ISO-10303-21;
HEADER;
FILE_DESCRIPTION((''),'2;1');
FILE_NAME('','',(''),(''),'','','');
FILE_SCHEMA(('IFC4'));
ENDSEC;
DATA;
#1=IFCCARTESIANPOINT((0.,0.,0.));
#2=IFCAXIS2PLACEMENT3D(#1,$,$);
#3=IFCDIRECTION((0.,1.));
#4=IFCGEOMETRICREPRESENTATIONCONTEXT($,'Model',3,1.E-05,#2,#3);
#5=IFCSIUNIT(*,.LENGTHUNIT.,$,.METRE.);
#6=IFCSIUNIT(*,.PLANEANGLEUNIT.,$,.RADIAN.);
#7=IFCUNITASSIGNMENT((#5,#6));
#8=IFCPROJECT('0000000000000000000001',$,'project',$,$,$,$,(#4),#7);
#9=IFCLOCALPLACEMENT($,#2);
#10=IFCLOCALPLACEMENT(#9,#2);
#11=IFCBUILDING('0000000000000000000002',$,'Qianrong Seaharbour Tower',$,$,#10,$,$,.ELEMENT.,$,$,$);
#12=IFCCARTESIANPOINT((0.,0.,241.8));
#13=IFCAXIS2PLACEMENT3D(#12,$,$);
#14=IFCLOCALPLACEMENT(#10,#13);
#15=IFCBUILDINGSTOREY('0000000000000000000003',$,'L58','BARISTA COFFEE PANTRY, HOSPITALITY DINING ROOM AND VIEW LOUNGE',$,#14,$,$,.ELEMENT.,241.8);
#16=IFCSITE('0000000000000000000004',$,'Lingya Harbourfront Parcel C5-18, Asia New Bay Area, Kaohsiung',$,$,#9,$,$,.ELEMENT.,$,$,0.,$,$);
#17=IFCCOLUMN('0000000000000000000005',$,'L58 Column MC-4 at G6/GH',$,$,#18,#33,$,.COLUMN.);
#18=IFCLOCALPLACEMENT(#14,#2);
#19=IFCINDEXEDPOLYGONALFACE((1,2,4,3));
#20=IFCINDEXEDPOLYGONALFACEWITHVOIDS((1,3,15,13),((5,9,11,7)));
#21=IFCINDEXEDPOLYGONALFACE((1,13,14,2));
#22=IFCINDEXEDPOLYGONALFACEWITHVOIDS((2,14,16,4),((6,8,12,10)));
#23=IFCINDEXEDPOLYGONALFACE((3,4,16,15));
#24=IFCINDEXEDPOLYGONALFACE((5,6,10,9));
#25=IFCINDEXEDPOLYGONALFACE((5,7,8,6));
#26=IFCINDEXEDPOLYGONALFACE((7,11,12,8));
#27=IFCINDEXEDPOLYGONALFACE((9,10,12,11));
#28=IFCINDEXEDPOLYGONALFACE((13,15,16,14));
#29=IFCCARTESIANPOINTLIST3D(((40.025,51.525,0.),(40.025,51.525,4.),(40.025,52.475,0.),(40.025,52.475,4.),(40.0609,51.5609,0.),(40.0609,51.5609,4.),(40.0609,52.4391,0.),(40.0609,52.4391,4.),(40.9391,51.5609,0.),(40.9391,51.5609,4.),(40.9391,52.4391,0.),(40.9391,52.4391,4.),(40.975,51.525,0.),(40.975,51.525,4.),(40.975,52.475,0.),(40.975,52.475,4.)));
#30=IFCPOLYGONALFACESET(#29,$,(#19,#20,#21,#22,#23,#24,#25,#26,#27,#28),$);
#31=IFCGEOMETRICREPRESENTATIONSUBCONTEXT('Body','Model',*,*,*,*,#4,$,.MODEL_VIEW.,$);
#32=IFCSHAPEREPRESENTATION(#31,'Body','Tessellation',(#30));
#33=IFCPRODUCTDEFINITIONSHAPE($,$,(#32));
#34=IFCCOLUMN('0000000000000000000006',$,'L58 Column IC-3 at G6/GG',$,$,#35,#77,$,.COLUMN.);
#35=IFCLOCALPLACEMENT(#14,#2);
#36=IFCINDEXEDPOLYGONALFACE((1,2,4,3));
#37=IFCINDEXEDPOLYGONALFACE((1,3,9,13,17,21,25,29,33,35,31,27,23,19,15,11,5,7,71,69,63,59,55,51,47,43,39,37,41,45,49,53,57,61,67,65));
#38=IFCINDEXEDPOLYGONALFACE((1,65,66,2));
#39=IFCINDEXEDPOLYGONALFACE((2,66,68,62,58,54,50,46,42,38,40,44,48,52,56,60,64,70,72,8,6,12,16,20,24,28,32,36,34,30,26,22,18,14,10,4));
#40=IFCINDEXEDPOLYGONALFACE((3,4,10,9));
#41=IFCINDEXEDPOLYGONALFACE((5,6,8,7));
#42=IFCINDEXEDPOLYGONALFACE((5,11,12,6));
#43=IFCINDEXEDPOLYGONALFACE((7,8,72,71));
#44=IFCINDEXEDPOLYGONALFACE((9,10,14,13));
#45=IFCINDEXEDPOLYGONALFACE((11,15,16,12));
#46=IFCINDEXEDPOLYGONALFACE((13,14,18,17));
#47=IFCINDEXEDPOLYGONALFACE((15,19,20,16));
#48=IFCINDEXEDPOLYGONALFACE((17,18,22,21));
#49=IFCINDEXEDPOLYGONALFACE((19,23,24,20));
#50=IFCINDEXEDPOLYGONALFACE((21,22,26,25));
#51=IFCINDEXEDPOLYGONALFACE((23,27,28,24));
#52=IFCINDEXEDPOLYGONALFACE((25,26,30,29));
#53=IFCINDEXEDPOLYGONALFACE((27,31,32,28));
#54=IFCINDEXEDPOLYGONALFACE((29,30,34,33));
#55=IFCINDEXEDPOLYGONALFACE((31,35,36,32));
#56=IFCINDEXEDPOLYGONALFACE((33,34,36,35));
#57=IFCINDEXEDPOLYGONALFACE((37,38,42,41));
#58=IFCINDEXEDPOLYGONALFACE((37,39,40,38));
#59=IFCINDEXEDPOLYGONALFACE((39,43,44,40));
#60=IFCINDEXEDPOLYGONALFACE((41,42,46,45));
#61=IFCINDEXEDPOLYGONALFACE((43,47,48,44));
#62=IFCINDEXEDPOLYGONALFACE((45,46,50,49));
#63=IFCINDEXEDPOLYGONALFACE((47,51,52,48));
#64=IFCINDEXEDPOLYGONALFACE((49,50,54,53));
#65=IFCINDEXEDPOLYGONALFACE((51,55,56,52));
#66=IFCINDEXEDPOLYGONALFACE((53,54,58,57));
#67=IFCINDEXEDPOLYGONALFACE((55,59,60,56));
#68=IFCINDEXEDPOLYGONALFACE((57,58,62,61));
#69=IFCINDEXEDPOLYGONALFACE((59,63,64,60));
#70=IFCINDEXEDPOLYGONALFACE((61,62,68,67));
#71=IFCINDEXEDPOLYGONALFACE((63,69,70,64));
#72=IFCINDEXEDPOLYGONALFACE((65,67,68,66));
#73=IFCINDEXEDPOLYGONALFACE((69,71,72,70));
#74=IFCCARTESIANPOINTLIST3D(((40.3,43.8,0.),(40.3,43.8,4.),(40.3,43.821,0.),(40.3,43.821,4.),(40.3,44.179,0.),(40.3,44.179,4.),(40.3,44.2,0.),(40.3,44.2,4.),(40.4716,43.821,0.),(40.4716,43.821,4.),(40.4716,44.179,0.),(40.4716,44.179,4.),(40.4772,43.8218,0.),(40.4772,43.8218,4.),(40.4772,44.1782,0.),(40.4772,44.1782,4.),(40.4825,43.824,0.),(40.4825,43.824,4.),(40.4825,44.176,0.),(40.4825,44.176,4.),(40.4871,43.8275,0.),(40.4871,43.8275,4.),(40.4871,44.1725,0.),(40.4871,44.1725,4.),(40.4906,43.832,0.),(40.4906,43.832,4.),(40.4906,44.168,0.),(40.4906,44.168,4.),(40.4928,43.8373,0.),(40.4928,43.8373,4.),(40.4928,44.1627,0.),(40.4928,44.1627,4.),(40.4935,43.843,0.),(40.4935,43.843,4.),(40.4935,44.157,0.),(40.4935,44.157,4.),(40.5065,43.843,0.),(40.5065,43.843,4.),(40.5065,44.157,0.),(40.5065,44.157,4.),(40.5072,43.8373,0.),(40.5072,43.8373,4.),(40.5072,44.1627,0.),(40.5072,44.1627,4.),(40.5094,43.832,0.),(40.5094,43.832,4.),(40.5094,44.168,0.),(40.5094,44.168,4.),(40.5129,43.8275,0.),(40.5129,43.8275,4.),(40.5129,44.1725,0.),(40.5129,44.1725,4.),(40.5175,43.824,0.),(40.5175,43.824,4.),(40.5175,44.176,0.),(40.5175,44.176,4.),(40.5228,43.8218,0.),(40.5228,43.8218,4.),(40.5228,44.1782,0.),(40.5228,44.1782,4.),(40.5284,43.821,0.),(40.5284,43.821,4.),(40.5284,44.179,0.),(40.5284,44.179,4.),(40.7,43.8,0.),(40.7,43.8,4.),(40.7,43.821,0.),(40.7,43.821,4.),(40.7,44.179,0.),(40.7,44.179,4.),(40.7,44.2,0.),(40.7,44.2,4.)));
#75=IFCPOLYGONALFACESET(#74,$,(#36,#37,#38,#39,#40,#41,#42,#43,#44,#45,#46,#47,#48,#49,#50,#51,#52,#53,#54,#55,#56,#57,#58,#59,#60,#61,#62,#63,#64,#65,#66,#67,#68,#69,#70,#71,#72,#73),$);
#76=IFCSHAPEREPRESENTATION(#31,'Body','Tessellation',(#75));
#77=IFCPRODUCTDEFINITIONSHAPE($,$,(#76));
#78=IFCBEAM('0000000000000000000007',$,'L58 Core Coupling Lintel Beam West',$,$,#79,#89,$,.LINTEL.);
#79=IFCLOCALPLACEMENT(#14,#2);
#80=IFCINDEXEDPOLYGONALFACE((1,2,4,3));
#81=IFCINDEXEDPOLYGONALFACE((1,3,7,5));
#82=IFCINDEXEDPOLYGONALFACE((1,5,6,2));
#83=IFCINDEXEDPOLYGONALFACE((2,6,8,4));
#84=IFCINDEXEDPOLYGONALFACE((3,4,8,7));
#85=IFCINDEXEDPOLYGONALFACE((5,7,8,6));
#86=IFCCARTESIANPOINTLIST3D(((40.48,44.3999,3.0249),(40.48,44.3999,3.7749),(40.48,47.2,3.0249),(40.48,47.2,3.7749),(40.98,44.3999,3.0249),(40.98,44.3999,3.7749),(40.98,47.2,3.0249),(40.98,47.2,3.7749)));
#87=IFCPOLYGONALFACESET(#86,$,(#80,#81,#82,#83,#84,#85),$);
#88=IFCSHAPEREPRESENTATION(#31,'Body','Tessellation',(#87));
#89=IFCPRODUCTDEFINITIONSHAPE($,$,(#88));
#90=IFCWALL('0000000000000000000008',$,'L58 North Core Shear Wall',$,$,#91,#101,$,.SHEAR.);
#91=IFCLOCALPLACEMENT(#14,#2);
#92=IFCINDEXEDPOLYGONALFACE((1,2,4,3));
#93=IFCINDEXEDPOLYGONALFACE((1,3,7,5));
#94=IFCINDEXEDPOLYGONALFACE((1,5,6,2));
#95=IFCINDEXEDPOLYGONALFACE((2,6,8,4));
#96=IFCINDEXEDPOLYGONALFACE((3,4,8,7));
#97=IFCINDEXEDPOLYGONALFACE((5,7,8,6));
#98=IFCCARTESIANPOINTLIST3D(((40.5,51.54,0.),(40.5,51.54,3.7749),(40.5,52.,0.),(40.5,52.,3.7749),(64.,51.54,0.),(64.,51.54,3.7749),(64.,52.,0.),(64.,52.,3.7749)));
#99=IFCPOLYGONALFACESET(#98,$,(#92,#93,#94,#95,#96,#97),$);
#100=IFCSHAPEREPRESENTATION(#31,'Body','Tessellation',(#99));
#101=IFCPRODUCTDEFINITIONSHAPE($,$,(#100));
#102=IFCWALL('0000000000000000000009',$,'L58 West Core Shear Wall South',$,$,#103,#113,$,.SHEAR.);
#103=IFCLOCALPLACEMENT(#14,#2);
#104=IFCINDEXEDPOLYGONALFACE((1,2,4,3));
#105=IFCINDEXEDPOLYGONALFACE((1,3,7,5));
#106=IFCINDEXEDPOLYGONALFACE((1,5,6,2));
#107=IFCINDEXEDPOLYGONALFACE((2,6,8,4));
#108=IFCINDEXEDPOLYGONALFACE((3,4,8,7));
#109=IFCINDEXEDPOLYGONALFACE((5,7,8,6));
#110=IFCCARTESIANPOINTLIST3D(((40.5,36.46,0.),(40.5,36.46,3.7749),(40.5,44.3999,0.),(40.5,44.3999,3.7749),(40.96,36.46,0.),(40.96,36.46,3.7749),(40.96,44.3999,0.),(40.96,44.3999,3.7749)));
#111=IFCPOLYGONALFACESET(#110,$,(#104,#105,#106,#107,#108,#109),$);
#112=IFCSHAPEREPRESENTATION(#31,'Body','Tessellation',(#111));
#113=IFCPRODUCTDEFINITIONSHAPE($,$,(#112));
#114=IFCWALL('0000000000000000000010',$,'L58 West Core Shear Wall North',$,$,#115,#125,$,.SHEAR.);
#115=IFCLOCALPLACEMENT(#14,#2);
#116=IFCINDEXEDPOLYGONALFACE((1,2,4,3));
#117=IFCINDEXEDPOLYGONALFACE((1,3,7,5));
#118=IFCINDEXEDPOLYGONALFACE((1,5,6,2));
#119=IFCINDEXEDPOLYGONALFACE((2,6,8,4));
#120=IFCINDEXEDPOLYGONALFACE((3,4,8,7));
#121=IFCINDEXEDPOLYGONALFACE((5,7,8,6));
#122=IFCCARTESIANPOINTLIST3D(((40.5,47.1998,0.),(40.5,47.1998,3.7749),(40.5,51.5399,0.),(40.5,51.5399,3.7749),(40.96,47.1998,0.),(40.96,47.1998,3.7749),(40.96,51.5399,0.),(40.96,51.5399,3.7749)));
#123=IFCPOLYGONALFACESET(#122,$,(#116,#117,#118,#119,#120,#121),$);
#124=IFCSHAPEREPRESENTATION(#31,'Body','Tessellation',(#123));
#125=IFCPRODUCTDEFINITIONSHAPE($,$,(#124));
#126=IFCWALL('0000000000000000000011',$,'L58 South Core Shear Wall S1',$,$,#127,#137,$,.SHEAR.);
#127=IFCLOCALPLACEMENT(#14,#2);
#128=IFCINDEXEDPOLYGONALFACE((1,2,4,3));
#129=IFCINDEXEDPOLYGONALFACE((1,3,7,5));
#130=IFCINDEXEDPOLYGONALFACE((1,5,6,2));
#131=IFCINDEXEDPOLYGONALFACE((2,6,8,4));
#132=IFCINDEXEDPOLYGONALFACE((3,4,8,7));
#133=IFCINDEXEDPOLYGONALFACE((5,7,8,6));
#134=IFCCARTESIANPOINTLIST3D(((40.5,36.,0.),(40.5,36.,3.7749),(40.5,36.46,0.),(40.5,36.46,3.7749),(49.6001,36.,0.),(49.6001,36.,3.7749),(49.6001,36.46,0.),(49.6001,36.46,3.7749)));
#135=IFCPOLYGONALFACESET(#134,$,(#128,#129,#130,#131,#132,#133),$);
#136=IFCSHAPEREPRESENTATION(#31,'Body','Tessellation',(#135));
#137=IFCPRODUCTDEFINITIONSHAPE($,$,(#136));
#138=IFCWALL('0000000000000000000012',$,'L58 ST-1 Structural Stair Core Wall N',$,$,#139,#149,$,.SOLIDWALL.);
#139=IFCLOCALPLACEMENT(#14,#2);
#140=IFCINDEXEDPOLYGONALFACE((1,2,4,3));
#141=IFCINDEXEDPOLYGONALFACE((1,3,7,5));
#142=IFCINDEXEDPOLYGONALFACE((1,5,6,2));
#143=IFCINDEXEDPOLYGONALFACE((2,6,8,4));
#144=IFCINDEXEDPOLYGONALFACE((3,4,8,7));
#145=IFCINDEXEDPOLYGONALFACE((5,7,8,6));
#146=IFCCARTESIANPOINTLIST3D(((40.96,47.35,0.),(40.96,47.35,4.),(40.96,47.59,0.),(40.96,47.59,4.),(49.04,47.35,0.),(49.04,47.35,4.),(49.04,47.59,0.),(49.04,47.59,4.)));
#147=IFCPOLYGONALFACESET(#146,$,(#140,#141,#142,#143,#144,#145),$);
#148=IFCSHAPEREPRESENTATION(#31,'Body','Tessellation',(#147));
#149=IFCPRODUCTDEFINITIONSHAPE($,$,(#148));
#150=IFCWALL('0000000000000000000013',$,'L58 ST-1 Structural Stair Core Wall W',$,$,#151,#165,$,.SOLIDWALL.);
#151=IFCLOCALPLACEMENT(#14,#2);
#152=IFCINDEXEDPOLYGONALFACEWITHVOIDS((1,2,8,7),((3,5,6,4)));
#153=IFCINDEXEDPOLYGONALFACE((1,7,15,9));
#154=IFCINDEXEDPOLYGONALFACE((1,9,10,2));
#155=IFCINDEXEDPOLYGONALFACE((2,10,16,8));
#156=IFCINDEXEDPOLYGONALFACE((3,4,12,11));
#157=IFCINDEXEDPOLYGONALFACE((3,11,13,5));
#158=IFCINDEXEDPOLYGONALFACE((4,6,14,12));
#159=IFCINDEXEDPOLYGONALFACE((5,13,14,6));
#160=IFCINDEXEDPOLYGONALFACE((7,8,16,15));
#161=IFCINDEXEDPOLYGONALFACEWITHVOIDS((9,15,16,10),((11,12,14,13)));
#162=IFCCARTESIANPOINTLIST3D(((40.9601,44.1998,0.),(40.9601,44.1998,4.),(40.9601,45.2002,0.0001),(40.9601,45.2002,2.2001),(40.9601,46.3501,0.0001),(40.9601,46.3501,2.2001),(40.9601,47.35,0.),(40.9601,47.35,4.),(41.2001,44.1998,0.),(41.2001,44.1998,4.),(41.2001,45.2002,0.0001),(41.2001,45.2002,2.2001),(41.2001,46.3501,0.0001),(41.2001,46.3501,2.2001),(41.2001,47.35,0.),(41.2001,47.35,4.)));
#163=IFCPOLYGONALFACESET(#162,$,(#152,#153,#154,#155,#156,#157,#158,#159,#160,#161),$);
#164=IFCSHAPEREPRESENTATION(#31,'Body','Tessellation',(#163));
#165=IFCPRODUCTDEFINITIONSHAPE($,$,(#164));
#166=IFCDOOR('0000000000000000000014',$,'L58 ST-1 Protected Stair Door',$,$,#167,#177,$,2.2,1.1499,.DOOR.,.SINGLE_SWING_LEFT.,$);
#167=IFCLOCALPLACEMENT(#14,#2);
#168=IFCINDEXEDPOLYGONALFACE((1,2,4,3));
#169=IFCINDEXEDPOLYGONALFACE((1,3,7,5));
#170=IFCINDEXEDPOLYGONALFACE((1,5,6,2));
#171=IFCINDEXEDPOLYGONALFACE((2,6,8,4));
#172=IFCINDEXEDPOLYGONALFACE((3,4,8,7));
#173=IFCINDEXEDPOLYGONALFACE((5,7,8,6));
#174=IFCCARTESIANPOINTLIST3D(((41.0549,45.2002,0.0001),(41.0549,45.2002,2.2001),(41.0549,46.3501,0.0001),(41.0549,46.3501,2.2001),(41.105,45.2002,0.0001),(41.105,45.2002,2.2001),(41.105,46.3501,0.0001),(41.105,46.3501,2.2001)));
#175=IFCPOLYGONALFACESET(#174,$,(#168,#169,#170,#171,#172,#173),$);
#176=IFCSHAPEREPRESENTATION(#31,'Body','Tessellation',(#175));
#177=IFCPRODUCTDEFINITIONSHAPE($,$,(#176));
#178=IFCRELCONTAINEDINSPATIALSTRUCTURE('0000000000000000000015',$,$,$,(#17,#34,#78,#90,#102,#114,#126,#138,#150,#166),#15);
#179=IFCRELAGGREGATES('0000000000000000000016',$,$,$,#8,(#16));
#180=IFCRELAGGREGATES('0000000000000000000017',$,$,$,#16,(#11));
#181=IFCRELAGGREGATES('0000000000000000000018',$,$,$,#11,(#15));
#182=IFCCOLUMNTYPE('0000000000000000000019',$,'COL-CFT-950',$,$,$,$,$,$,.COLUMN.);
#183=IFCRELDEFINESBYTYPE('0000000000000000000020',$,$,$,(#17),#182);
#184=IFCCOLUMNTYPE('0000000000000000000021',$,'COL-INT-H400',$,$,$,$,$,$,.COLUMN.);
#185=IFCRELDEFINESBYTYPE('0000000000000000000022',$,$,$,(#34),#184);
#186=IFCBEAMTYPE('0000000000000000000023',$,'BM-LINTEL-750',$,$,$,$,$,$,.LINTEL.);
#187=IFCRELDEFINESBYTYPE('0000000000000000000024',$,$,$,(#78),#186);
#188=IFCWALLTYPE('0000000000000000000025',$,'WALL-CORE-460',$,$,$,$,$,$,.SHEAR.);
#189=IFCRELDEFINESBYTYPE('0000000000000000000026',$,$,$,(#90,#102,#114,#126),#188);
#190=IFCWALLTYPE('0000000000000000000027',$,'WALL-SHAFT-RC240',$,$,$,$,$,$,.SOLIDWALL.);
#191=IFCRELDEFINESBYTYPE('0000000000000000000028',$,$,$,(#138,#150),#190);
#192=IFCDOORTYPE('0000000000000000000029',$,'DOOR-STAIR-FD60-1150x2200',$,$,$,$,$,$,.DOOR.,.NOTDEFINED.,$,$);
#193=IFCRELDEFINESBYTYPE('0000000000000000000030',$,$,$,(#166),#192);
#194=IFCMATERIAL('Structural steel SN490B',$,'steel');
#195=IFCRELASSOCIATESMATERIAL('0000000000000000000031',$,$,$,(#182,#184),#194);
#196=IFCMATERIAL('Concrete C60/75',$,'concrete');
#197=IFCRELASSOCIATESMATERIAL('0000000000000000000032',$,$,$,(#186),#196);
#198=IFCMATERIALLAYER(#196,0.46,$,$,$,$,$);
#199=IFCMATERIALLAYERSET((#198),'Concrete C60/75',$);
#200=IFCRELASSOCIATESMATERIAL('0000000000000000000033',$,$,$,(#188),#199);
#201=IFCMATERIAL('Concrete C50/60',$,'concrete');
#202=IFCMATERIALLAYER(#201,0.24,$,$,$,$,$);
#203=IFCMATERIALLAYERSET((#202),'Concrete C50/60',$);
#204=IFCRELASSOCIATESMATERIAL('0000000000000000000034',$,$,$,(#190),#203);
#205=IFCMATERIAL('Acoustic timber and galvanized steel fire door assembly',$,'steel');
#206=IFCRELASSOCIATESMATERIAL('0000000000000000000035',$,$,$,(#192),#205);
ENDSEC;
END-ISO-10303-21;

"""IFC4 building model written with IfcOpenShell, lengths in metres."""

from ifc_helpers import new_model, si_unit, direction, frame, frame_2d, origin, origin_2d, place, context, subcontext, project, spatial, rectangle, hollow_rectangle, i_section, extrude, material, layer, layer_set, material_profile, profile_set, type_object, element, fill, save


model = new_model("IFC4")

# Units and contexts
model_context = context("Model", 3, precision=1e-05, world=origin(), true_north=direction((0.0, 1.0)))
body_context = subcontext(model_context, "Body", "Model", "MODEL_VIEW")
ifc_project = project(units=[si_unit("LENGTHUNIT", "METRE"), si_unit("PLANEANGLEUNIT", "RADIAN")], contexts=[model_context])

# Site, building, storey
site_placement = place(None, origin())
site = spatial("IfcSite", under=ifc_project, at=site_placement, Name="Lingya Harbourfront Parcel C5-18, Asia New Bay Area, Kaohsiung", CompositionType="ELEMENT", RefElevation=0.0)
building_placement = place(site_placement, origin())
building = spatial("IfcBuilding", under=site, at=building_placement, Name="Qianrong Seaharbour Tower", CompositionType="ELEMENT")
storey_placement = place(building_placement, frame((0.0, 0.0, 241.8)))
storey = spatial("IfcBuildingStorey", under=building, at=storey_placement, Name="L58", Description="BARISTA COFFEE PANTRY, HOSPITALITY DINING ROOM AND VIEW LOUNGE", CompositionType="ELEMENT", Elevation=241.8)

# Columns
ifc_material_1 = material(Name="Structural steel SN490B", Category="steel")
ifc_material_profile_1 = material_profile(ifc_material_1, hollow_rectangle(XDim=0.95, YDim=0.95, WallThickness=0.0359, at=origin_2d()), Name="BOX950x950x36")
ifc_profile_set_1 = profile_set([ifc_material_profile_1], Name="Structural steel SN490B")
column_type_1 = type_object("IfcColumnType", Name="COL-CFT-950", PredefinedType="COLUMN", material=ifc_profile_set_1)
column_1_placement = place(storey_placement, frame((40.5, 52.0, 0.0), z_axis=(0.0, 0.0, 1.0), x_axis=(1.0, 0.0, 0.0)))
element("IfcColumn", 1, at=column_1_placement, inside=storey, type_object=column_type_1, Name="L58 Column MC-4 at G6/GH", PredefinedType="COLUMN", context=body_context, shape_type="SweptSolid", body=[
    extrude(hollow_rectangle(XDim=0.95, YDim=0.95, WallThickness=0.0359, at=origin_2d()), origin(), (0.0, 0.0, 1.0), 4.0),
])
ifc_material_profile_2 = material_profile(ifc_material_1, i_section(OverallWidth=0.3999, OverallDepth=0.3999, WebThickness=0.0129, FlangeThickness=0.021, FilletRadius=0.022, at=origin_2d()), Name="H400x400x13x21")
ifc_profile_set_2 = profile_set([ifc_material_profile_2], Name="Structural steel SN490B")
column_type_2 = type_object("IfcColumnType", Name="COL-INT-H400", PredefinedType="COLUMN", material=ifc_profile_set_2)
column_2_placement = place(storey_placement, frame((40.5, 44.0, 0.0), z_axis=(0.0, 0.0, 1.0), x_axis=(1.0, 0.0, 0.0)))
element("IfcColumn", 2, at=column_2_placement, inside=storey, type_object=column_type_2, Name="L58 Column IC-3 at G6/GG", PredefinedType="COLUMN", context=body_context, shape_type="SweptSolid", body=[
    extrude(i_section(OverallWidth=0.3999, OverallDepth=0.3999, WebThickness=0.0129, FlangeThickness=0.021, FilletRadius=0.022, at=origin_2d()), origin(), (0.0, 0.0, 1.0), 4.0),
])

# Beam
ifc_material_2 = material(Name="Concrete C60/75", Category="concrete")
ifc_material_profile_3 = material_profile(ifc_material_2, rectangle(XDim=0.5, YDim=0.75, at=origin_2d()), Name="RC500x750")
ifc_profile_set_3 = profile_set([ifc_material_profile_3], Name="Concrete C60/75")
beam_type = type_object("IfcBeamType", Name="BM-LINTEL-750", PredefinedType="LINTEL", material=ifc_profile_set_3)
beam_placement = place(storey_placement, frame((40.73, 44.3999, 3.3999), z_axis=(0.0, 1.0, 0.0), x_axis=(-1.0, 0.0, 0.0)))
element("IfcBeam", 3, at=beam_placement, inside=storey, type_object=beam_type, Name="L58 Core Coupling Lintel Beam West", PredefinedType="LINTEL", context=body_context, shape_type="SweptSolid", body=[
    extrude(rectangle(XDim=0.5, YDim=0.75, at=origin_2d()), origin(), (0.0, 0.0, 1.0), 2.8),
])

# Walls
ifc_layer_1 = layer(ifc_material_2, 0.46)
ifc_layer_set_1 = layer_set([ifc_layer_1], Name="Concrete C60/75")
wall_type_1 = type_object("IfcWallType", Name="WALL-CORE-460", PredefinedType="SHEAR", material=ifc_layer_set_1)
wall_1_placement = place(storey_placement, frame((40.5, 51.77, 0.0), z_axis=(0.0, 0.0, 1.0), x_axis=(1.0, 0.0, 0.0)))
element("IfcWall", 4, at=wall_1_placement, inside=storey, type_object=wall_type_1, Name="L58 North Core Shear Wall", PredefinedType="SHEAR", context=body_context, shape_type="SweptSolid", body=[
    extrude(rectangle(XDim=23.5, YDim=0.46, at=frame_2d((11.75, 0.0))), origin(), (0.0, 0.0, 1.0), 3.7749),
])
wall_2_placement = place(storey_placement, frame((40.73, 36.46, 0.0), z_axis=(0.0, 0.0, 1.0), x_axis=(0.0, 1.0, 0.0)))
element("IfcWall", 5, at=wall_2_placement, inside=storey, type_object=wall_type_1, Name="L58 West Core Shear Wall South", PredefinedType="SHEAR", context=body_context, shape_type="SweptSolid", body=[
    extrude(rectangle(XDim=7.9399, YDim=0.46, at=frame_2d((3.97, 0.0))), origin(), (0.0, 0.0, 1.0), 3.7749),
])
wall_3_placement = place(storey_placement, frame((40.73, 47.2, 0.0), z_axis=(0.0, 0.0, 1.0), x_axis=(0.0, 1.0, 0.0)))
element("IfcWall", 6, at=wall_3_placement, inside=storey, type_object=wall_type_1, Name="L58 West Core Shear Wall North", PredefinedType="SHEAR", context=body_context, shape_type="SweptSolid", body=[
    extrude(rectangle(XDim=4.3401, YDim=0.46, at=frame_2d((2.1699, 0.0))), origin(), (0.0, 0.0, 1.0), 3.7749),
])
wall_4_placement = place(storey_placement, frame((40.5, 36.23, 0.0), z_axis=(0.0, 0.0, 1.0), x_axis=(1.0, 0.0, 0.0)))
element("IfcWall", 7, at=wall_4_placement, inside=storey, type_object=wall_type_1, Name="L58 South Core Shear Wall S1", PredefinedType="SHEAR", context=body_context, shape_type="SweptSolid", body=[
    extrude(rectangle(XDim=9.1001, YDim=0.46, at=frame_2d((4.55, 0.0))), origin(), (0.0, 0.0, 1.0), 3.7749),
])
ifc_material_3 = material(Name="Concrete C50/60", Category="concrete")
ifc_layer_2 = layer(ifc_material_3, 0.24)
ifc_layer_set_2 = layer_set([ifc_layer_2], Name="Concrete C50/60")
wall_type_2 = type_object("IfcWallType", Name="WALL-SHAFT-RC240", PredefinedType="SOLIDWALL", material=ifc_layer_set_2)
wall_5_placement = place(storey_placement, frame((40.96, 47.47, 0.0), z_axis=(0.0, 0.0, 1.0), x_axis=(1.0, 0.0, 0.0)))
element("IfcWall", 8, at=wall_5_placement, inside=storey, type_object=wall_type_2, Name="L58 ST-1 Structural Stair Core Wall N", PredefinedType="SOLIDWALL", context=body_context, shape_type="SweptSolid", body=[
    extrude(rectangle(XDim=8.0801, YDim=0.24, at=frame_2d((4.04, 0.0))), origin(), (0.0, 0.0, 1.0), 4.0),
])

# Wall, opening, door
wall_6_placement = place(storey_placement, frame((41.0801, 47.3501, 0.0), z_axis=(0.0, 0.0, 1.0), x_axis=(0.0, -1.0, 0.0)))
wall_6 = element("IfcWall", 9, at=wall_6_placement, inside=storey, type_object=wall_type_2, Name="L58 ST-1 Structural Stair Core Wall W", PredefinedType="SOLIDWALL", context=body_context, shape_type="SweptSolid", body=[
    extrude(rectangle(XDim=3.1501, YDim=0.24, at=frame_2d((1.5752, 0.0))), origin(), (0.0, 0.0, 1.0), 4.0),
])
opening_1_placement = place(wall_6_placement, frame((1.0, 0.0, 0.0)))
opening_1 = element("IfcOpeningElement", 10, at=opening_1_placement, cuts=wall_6, PredefinedType="OPENING", context=body_context, shape_type="SweptSolid", body=[
    extrude(rectangle(XDim=1.1499, YDim=2.2, at=frame_2d((0.575, 1.1001))), frame((0.0, 0.1299, 0.0), z_axis=(0.0, -1.0, 0.0), x_axis=(1.0, 0.0, 0.0)), (0.0, 0.0, 1.0), 0.26),
])
ifc_material_4 = material(Name="Acoustic timber and galvanized steel fire door assembly", Category="steel")
door_type_1 = type_object("IfcDoorType", Name="DOOR-STAIR-FD60-1150x2200", OperationType="NOTDEFINED", PredefinedType="DOOR", material=ifc_material_4)
door_1_placement = place(opening_1_placement, origin())
door_1 = element("IfcDoor", 11, at=door_1_placement, inside=storey, type_object=door_type_1, Name="L58 ST-1 Protected Stair Door", OperationType="SINGLE_SWING_LEFT", OverallHeight=2.2, OverallWidth=1.1499, PredefinedType="DOOR", context=body_context, shape_type="SweptSolid", body=[
    extrude(rectangle(XDim=1.1499, YDim=2.2, at=frame_2d((0.575, 1.1001))), frame((0.0, 0.0249, 0.0), z_axis=(0.0, -1.0, 0.0), x_axis=(1.0, 0.0, 0.0)), (0.0, 0.0, 1.0), 0.05),
])
fill(opening_1, door_1)

save(model, "model.ifc")
